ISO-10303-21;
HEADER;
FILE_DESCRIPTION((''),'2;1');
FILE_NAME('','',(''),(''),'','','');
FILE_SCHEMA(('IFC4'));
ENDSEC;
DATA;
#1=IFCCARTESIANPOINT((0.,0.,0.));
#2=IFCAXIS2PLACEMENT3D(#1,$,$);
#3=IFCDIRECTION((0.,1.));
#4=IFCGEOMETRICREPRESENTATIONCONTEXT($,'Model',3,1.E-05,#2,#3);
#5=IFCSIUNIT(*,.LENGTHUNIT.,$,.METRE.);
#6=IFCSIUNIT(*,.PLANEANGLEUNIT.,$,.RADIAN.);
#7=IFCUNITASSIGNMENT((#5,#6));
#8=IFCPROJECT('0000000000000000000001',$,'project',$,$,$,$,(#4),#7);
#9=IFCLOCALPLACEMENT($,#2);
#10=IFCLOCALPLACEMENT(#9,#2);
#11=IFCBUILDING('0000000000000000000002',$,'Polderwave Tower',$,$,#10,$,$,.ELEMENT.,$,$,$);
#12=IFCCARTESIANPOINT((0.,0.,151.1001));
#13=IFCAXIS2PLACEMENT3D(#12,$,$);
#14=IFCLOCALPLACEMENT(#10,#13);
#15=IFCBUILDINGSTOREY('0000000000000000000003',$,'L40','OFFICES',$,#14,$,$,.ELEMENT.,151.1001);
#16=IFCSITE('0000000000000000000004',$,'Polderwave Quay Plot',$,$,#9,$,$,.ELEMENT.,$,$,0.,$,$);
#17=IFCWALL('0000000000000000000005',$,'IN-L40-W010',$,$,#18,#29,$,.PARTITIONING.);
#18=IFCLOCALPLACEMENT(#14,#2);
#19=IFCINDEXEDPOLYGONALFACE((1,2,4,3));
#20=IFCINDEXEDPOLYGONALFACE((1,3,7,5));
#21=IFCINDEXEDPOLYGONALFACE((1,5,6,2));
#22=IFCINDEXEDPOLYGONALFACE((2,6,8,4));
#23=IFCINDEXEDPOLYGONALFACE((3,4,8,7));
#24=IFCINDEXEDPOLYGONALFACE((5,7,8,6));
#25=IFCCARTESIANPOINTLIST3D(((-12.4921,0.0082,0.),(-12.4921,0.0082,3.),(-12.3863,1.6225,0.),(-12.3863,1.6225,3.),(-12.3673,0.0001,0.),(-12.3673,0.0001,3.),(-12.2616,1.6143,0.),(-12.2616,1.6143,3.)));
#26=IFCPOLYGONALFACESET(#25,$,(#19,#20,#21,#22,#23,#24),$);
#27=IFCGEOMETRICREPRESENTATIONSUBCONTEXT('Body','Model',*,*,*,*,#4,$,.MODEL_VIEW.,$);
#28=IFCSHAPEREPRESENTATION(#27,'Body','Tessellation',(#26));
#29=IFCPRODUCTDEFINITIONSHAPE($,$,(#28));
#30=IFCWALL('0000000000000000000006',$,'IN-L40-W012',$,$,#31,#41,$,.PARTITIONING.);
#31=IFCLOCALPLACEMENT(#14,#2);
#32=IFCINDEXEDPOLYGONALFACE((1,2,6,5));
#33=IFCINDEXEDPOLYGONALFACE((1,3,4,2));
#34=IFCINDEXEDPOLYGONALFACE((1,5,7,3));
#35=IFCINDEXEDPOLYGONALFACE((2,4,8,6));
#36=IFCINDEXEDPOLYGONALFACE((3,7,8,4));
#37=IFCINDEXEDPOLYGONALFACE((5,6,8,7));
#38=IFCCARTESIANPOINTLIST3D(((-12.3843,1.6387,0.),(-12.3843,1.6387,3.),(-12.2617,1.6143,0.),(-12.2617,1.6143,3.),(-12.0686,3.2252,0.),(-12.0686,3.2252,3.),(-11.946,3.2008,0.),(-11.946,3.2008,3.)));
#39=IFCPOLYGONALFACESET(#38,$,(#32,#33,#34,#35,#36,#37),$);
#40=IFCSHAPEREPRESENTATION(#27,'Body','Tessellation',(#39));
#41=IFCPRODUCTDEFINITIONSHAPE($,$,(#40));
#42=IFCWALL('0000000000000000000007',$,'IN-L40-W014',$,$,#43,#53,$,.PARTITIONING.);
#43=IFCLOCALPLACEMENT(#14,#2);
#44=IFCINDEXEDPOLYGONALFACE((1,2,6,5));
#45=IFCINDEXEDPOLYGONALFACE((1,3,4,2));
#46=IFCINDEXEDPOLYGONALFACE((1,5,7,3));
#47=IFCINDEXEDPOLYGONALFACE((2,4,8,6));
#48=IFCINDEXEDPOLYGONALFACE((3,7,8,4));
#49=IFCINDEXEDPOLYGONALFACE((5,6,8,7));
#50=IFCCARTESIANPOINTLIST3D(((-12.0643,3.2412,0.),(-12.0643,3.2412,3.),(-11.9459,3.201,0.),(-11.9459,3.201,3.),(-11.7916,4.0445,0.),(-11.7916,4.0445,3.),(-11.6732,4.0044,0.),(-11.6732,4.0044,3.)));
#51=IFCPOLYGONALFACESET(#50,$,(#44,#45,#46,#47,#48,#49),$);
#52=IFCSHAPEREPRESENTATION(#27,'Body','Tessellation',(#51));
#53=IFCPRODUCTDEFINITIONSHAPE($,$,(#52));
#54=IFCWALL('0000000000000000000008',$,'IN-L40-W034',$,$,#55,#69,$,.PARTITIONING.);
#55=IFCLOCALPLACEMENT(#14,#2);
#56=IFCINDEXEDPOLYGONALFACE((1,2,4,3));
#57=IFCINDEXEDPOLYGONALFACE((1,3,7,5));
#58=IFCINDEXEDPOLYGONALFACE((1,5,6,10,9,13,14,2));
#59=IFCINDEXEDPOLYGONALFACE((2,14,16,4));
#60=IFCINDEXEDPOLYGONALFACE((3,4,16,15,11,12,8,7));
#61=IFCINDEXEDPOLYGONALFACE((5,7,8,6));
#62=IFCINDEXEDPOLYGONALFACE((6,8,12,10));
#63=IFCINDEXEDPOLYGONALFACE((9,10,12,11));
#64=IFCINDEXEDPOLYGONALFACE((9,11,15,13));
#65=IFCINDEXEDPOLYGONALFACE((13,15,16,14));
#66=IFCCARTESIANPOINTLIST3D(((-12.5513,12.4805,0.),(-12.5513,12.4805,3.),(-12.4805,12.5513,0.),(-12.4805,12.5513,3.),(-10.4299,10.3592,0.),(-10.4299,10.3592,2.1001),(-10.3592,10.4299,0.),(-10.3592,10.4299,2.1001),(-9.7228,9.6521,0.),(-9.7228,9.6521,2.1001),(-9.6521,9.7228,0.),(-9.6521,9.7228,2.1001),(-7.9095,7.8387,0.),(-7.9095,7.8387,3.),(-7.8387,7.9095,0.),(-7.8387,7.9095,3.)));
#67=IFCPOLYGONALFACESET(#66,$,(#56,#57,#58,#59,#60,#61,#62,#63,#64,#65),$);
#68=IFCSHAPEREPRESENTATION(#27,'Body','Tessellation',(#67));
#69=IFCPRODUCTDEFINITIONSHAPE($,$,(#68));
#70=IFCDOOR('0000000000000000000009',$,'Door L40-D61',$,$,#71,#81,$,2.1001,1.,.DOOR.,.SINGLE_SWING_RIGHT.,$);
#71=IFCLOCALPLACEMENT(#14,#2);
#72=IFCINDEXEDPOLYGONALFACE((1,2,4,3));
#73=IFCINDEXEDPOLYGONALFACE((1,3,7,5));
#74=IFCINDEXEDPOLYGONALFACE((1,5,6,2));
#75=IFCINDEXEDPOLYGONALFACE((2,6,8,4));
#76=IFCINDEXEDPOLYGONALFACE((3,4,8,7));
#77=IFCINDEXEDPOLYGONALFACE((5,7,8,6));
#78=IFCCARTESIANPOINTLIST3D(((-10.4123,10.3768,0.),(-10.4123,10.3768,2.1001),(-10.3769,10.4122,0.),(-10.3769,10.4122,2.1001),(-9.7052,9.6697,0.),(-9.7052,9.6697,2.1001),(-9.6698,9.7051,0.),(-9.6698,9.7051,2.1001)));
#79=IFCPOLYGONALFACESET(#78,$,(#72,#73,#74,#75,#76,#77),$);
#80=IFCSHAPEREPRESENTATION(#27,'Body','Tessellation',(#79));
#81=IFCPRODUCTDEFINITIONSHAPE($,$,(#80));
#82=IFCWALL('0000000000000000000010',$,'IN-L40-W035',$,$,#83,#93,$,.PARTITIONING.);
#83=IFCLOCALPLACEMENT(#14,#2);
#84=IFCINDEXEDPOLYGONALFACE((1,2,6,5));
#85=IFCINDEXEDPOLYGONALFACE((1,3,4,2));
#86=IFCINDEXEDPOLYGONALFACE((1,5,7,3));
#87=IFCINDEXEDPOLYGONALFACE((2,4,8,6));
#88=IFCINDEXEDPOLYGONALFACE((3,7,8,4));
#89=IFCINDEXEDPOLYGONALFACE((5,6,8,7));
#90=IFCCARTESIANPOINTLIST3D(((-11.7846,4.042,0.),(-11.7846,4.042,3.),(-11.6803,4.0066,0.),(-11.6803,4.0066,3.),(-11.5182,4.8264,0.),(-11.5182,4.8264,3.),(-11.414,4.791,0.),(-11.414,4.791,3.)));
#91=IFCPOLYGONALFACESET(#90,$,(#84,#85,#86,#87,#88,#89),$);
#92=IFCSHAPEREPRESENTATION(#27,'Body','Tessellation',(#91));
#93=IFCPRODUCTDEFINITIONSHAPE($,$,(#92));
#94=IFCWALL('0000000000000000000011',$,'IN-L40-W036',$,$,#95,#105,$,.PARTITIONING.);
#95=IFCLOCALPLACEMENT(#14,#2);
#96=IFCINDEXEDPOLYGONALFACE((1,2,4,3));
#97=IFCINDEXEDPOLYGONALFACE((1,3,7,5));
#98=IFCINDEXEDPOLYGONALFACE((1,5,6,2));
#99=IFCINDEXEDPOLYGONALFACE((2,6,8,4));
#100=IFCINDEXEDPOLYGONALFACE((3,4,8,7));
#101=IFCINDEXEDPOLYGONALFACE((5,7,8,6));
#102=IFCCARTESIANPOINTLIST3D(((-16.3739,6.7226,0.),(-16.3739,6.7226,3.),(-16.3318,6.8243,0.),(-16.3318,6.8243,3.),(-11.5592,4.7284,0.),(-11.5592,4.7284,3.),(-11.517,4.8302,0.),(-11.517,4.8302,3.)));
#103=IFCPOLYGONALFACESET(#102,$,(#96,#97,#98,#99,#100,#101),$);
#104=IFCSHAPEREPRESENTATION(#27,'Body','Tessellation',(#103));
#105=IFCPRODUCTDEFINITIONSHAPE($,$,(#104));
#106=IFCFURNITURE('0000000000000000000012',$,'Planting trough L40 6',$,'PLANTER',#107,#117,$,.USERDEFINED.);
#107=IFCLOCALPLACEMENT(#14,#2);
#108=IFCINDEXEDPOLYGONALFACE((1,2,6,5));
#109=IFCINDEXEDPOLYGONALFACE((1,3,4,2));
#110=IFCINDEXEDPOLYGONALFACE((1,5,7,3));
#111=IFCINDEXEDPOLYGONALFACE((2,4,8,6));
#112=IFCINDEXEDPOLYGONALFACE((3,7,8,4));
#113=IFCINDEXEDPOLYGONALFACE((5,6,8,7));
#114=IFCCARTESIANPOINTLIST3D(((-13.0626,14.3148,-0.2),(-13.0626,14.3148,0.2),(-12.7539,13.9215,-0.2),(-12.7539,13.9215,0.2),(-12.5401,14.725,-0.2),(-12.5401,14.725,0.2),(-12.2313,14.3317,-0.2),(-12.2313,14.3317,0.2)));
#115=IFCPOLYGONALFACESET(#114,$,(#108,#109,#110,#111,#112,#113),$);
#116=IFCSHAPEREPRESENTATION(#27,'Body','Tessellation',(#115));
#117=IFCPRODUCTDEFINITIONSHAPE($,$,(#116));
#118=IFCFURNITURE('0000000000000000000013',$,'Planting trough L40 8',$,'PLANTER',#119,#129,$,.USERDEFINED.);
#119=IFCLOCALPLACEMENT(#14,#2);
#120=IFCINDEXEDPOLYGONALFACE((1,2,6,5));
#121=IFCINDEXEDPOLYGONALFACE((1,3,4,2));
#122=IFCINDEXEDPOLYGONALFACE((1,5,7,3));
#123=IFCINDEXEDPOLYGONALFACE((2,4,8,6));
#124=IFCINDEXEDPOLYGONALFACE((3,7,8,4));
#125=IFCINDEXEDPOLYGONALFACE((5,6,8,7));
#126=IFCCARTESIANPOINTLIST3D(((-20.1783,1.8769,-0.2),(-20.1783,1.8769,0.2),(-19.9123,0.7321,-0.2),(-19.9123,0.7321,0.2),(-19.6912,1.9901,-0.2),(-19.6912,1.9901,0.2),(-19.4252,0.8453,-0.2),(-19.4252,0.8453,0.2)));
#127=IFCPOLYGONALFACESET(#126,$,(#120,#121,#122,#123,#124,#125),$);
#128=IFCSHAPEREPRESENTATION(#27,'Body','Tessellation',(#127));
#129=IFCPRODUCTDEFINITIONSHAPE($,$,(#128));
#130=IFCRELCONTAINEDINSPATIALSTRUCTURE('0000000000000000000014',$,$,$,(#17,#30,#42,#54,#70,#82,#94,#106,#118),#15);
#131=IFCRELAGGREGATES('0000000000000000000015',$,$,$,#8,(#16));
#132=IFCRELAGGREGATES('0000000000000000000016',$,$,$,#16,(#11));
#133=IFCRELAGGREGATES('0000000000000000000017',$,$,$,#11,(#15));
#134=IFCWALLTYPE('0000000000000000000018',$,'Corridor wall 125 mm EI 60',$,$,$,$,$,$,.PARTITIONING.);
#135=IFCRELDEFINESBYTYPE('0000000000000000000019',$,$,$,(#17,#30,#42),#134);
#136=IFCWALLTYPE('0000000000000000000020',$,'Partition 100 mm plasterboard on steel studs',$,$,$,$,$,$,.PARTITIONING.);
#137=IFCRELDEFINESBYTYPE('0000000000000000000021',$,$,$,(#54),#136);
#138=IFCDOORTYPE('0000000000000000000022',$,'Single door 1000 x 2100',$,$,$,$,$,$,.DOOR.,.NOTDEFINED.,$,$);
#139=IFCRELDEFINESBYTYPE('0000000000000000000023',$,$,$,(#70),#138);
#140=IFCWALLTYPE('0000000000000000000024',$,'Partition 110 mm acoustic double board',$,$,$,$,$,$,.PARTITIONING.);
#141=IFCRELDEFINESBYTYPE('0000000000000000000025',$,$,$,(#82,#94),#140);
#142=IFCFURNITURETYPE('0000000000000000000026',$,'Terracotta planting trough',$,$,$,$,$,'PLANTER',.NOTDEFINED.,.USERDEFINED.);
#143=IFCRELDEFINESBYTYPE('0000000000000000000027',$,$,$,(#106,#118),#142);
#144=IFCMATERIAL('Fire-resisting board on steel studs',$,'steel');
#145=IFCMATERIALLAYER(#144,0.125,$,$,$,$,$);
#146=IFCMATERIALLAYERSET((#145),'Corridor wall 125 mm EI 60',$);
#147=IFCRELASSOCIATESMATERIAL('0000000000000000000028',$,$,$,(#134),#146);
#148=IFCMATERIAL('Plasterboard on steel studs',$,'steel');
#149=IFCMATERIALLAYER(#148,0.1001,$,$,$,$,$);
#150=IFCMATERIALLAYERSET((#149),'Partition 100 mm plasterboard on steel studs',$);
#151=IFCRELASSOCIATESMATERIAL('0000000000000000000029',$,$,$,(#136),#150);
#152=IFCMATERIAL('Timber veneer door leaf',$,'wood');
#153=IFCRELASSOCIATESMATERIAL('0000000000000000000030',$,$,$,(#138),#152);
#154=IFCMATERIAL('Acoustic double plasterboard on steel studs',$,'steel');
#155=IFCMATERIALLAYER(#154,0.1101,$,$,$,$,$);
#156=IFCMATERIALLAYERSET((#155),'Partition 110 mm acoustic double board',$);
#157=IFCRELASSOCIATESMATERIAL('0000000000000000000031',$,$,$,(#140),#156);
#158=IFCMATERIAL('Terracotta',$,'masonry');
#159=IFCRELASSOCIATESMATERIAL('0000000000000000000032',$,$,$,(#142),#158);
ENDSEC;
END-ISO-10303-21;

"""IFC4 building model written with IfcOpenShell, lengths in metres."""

from ifc_helpers import new_model, si_unit, direction, frame, frame_2d, origin, origin_2d, place, context, subcontext, project, spatial, rectangle, extrude, material, layer, layer_set, type_object, element, fill, save


model = new_model("IFC4")

# Units and contexts
model_context = context("Model", 3, precision=1e-05, world=origin(), true_north=direction((0.0, 1.0)))
body_context = subcontext(model_context, "Body", "Model", "MODEL_VIEW")
ifc_project = project(units=[si_unit("LENGTHUNIT", "METRE"), si_unit("PLANEANGLEUNIT", "RADIAN")], contexts=[model_context])

# Site, building, storey
site_placement = place(None, origin())
site = spatial("IfcSite", under=ifc_project, at=site_placement, Name="Polderwave Quay Plot", CompositionType="ELEMENT", RefElevation=0.0)
building_placement = place(site_placement, origin())
building = spatial("IfcBuilding", under=site, at=building_placement, Name="Polderwave Tower", CompositionType="ELEMENT")
storey_placement = place(building_placement, frame((0.0, 0.0, 151.1001)))
storey = spatial("IfcBuildingStorey", under=building, at=storey_placement, Name="L40", Description="OFFICES", CompositionType="ELEMENT", Elevation=151.1001)

# Shared definitions
ifc_material_1 = material(Name="Fire-resisting board on steel studs", Category="steel")
ifc_layer_1 = layer(ifc_material_1, 0.125)
ifc_layer_set_1 = layer_set([ifc_layer_1], Name="Corridor wall 125 mm EI 60")
wall_type_1 = type_object("IfcWallType", Name="Corridor wall 125 mm EI 60", PredefinedType="PARTITIONING", material=ifc_layer_set_1)

# Walls
for number, where, z_axis, x_axis, name in (
    (1, (-12.4297, 0.0042, 0.0), (0.0, 0.0, 1.0), (0.065347, 0.997863, 0.0), "IN-L40-W010"),
    (2, (-12.323, 1.6265, 0.0), (0.0, 0.0, 1.0), (0.195129, 0.980778, 0.0), "IN-L40-W012"),
):
    element("IfcWall", number, at=place(storey_placement, frame(where, z_axis=z_axis, x_axis=x_axis)), inside=storey, type_object=wall_type_1, Name=name, PredefinedType="PARTITIONING", context=body_context, shape_type="SweptSolid", body=[
        extrude(rectangle(XDim=1.6177, YDim=0.125, at=frame_2d((0.8088, 0.0))), origin(), (0.0, 0.0, 1.0), 3.0),
    ])
wall_1_placement = place(storey_placement, frame((-12.0051, 3.2209, 0.0), z_axis=(0.0, 0.0, 1.0), x_axis=(0.321402, 0.946943, 0.0)))
element("IfcWall", 3, at=wall_1_placement, inside=storey, type_object=wall_type_1, Name="IN-L40-W014", PredefinedType="PARTITIONING", context=body_context, shape_type="SweptSolid", body=[
    extrude(rectangle(XDim=0.8484, YDim=0.125, at=frame_2d((0.4243, 0.0))), origin(), (0.0, 0.0, 1.0), 3.0),
])

# Wall, opening, door
ifc_material_2 = material(Name="Plasterboard on steel studs", Category="steel")
ifc_layer_2 = layer(ifc_material_2, 0.1001)
ifc_layer_set_2 = layer_set([ifc_layer_2], Name="Partition 100 mm plasterboard on steel studs")
wall_type_2 = type_object("IfcWallType", Name="Partition 100 mm plasterboard on steel studs", PredefinedType="PARTITIONING", material=ifc_layer_set_2)
wall_2_placement = place(storey_placement, frame((-12.5159, 12.5159, 0.0), z_axis=(0.0, 0.0, 1.0), x_axis=(0.707107, -0.707107, 0.0)))
wall_2 = element("IfcWall", 4, at=wall_2_placement, inside=storey, type_object=wall_type_2, Name="IN-L40-W034", PredefinedType="PARTITIONING", context=body_context, shape_type="SweptSolid", body=[
    extrude(rectangle(XDim=6.5645, YDim=0.1001, at=frame_2d((3.2822, 0.0))), origin(), (0.0, 0.0, 1.0), 3.0),
])
opening_1_placement = place(wall_2_placement, frame((3.0, 0.0, 0.0)))
opening_1 = element("IfcOpeningElement", 5, at=opening_1_placement, cuts=wall_2, PredefinedType="OPENING", context=body_context, shape_type="SweptSolid", body=[
    extrude(rectangle(XDim=1.0, YDim=2.1001, at=frame_2d((0.5, 1.05))), frame((0.0, 0.0601, 0.0), z_axis=(0.0, -1.0, 0.0), x_axis=(1.0, 0.0, 0.0)), (0.0, 0.0, 1.0), 0.1201),
])
ifc_material_3 = material(Name="Timber veneer door leaf", Category="wood")
door_type_1 = type_object("IfcDoorType", Name="Single door 1000 x 2100", OperationType="NOTDEFINED", PredefinedType="DOOR", material=ifc_material_3)
door_1_placement = place(opening_1_placement, origin())
door_1 = element("IfcDoor", 6, at=door_1_placement, inside=storey, type_object=door_type_1, Name="Door L40-D61", OperationType="SINGLE_SWING_RIGHT", OverallHeight=2.1001, OverallWidth=1.0, PredefinedType="DOOR", context=body_context, shape_type="SweptSolid", body=[
    extrude(rectangle(XDim=1.0, YDim=2.1001, at=frame_2d((0.5, 1.05))), frame((0.0, 0.0249, 0.0), z_axis=(0.0, -1.0, 0.0), x_axis=(1.0, 0.0, 0.0)), (0.0, 0.0, 1.0), 0.05),
])
fill(opening_1, door_1)

# Walls
ifc_material_4 = material(Name="Acoustic double plasterboard on steel studs", Category="steel")
ifc_layer_3 = layer(ifc_material_4, 0.1101)
ifc_layer_set_3 = layer_set([ifc_layer_3], Name="Partition 110 mm acoustic double board")
wall_type_3 = type_object("IfcWallType", Name="Partition 110 mm acoustic double board", PredefinedType="PARTITIONING", material=ifc_layer_set_3)
wall_3_placement = place(storey_placement, frame((-11.7324, 4.0244, 0.0), z_axis=(0.0, 0.0, 1.0), x_axis=(0.321528, 0.9469, 0.0)))
element("IfcWall", 7, at=wall_3_placement, inside=storey, type_object=wall_type_3, Name="IN-L40-W035", PredefinedType="PARTITIONING", context=body_context, shape_type="SweptSolid", body=[
    extrude(rectangle(XDim=0.8284, YDim=0.1101, at=frame_2d((0.4141, 0.0))), origin(), (0.0, 0.0, 1.0), 3.0),
])
wall_4_placement = place(storey_placement, frame((-11.5381, 4.7793, 0.0), z_axis=(0.0, 0.0, 1.0), x_axis=(-0.923891, 0.382655, 0.0)))
element("IfcWall", 8, at=wall_4_placement, inside=storey, type_object=wall_type_3, Name="IN-L40-W036", PredefinedType="PARTITIONING", context=body_context, shape_type="SweptSolid", body=[
    extrude(rectangle(XDim=5.2114, YDim=0.1101, at=frame_2d((2.6057, 0.0))), origin(), (0.0, 0.0, 1.0), 3.0),
])

# Furniture
ifc_material_5 = material(Name="Terracotta", Category="masonry")
furniture_type = type_object("IfcFurnitureType", Name="Terracotta planting trough", ElementType="PLANTER", AssemblyPlace="NOTDEFINED", PredefinedType="USERDEFINED", material=ifc_material_5)
furniture_1_placement = place(storey_placement, frame((-12.647, 14.3232, -0.2), z_axis=(0.0, 0.0, 1.0), x_axis=(-0.786565, -0.617507, 0.0)))
element("IfcFurniture", 9, at=furniture_1_placement, inside=storey, type_object=furniture_type, Name="Planting trough L40 6", ObjectType="PLANTER", PredefinedType="USERDEFINED", context=body_context, shape_type="SweptSolid", body=[
    extrude(rectangle(XDim=0.6643, YDim=0.5, at=origin_2d()), origin(), (0.0, 0.0, 1.0), 0.3999),
])
furniture_2_placement = place(storey_placement, frame((-19.8018, 1.3611, -0.2), z_axis=(0.0, 0.0, 1.0), x_axis=(0.226322, -0.974053, 0.0)))
element("IfcFurniture", 10, at=furniture_2_placement, inside=storey, type_object=furniture_type, Name="Planting trough L40 8", ObjectType="PLANTER", PredefinedType="USERDEFINED", context=body_context, shape_type="SweptSolid", body=[
    extrude(rectangle(XDim=1.1753, YDim=0.5, at=origin_2d()), origin(), (0.0, 0.0, 1.0), 0.3999),
])

save(model, "model.ifc")
